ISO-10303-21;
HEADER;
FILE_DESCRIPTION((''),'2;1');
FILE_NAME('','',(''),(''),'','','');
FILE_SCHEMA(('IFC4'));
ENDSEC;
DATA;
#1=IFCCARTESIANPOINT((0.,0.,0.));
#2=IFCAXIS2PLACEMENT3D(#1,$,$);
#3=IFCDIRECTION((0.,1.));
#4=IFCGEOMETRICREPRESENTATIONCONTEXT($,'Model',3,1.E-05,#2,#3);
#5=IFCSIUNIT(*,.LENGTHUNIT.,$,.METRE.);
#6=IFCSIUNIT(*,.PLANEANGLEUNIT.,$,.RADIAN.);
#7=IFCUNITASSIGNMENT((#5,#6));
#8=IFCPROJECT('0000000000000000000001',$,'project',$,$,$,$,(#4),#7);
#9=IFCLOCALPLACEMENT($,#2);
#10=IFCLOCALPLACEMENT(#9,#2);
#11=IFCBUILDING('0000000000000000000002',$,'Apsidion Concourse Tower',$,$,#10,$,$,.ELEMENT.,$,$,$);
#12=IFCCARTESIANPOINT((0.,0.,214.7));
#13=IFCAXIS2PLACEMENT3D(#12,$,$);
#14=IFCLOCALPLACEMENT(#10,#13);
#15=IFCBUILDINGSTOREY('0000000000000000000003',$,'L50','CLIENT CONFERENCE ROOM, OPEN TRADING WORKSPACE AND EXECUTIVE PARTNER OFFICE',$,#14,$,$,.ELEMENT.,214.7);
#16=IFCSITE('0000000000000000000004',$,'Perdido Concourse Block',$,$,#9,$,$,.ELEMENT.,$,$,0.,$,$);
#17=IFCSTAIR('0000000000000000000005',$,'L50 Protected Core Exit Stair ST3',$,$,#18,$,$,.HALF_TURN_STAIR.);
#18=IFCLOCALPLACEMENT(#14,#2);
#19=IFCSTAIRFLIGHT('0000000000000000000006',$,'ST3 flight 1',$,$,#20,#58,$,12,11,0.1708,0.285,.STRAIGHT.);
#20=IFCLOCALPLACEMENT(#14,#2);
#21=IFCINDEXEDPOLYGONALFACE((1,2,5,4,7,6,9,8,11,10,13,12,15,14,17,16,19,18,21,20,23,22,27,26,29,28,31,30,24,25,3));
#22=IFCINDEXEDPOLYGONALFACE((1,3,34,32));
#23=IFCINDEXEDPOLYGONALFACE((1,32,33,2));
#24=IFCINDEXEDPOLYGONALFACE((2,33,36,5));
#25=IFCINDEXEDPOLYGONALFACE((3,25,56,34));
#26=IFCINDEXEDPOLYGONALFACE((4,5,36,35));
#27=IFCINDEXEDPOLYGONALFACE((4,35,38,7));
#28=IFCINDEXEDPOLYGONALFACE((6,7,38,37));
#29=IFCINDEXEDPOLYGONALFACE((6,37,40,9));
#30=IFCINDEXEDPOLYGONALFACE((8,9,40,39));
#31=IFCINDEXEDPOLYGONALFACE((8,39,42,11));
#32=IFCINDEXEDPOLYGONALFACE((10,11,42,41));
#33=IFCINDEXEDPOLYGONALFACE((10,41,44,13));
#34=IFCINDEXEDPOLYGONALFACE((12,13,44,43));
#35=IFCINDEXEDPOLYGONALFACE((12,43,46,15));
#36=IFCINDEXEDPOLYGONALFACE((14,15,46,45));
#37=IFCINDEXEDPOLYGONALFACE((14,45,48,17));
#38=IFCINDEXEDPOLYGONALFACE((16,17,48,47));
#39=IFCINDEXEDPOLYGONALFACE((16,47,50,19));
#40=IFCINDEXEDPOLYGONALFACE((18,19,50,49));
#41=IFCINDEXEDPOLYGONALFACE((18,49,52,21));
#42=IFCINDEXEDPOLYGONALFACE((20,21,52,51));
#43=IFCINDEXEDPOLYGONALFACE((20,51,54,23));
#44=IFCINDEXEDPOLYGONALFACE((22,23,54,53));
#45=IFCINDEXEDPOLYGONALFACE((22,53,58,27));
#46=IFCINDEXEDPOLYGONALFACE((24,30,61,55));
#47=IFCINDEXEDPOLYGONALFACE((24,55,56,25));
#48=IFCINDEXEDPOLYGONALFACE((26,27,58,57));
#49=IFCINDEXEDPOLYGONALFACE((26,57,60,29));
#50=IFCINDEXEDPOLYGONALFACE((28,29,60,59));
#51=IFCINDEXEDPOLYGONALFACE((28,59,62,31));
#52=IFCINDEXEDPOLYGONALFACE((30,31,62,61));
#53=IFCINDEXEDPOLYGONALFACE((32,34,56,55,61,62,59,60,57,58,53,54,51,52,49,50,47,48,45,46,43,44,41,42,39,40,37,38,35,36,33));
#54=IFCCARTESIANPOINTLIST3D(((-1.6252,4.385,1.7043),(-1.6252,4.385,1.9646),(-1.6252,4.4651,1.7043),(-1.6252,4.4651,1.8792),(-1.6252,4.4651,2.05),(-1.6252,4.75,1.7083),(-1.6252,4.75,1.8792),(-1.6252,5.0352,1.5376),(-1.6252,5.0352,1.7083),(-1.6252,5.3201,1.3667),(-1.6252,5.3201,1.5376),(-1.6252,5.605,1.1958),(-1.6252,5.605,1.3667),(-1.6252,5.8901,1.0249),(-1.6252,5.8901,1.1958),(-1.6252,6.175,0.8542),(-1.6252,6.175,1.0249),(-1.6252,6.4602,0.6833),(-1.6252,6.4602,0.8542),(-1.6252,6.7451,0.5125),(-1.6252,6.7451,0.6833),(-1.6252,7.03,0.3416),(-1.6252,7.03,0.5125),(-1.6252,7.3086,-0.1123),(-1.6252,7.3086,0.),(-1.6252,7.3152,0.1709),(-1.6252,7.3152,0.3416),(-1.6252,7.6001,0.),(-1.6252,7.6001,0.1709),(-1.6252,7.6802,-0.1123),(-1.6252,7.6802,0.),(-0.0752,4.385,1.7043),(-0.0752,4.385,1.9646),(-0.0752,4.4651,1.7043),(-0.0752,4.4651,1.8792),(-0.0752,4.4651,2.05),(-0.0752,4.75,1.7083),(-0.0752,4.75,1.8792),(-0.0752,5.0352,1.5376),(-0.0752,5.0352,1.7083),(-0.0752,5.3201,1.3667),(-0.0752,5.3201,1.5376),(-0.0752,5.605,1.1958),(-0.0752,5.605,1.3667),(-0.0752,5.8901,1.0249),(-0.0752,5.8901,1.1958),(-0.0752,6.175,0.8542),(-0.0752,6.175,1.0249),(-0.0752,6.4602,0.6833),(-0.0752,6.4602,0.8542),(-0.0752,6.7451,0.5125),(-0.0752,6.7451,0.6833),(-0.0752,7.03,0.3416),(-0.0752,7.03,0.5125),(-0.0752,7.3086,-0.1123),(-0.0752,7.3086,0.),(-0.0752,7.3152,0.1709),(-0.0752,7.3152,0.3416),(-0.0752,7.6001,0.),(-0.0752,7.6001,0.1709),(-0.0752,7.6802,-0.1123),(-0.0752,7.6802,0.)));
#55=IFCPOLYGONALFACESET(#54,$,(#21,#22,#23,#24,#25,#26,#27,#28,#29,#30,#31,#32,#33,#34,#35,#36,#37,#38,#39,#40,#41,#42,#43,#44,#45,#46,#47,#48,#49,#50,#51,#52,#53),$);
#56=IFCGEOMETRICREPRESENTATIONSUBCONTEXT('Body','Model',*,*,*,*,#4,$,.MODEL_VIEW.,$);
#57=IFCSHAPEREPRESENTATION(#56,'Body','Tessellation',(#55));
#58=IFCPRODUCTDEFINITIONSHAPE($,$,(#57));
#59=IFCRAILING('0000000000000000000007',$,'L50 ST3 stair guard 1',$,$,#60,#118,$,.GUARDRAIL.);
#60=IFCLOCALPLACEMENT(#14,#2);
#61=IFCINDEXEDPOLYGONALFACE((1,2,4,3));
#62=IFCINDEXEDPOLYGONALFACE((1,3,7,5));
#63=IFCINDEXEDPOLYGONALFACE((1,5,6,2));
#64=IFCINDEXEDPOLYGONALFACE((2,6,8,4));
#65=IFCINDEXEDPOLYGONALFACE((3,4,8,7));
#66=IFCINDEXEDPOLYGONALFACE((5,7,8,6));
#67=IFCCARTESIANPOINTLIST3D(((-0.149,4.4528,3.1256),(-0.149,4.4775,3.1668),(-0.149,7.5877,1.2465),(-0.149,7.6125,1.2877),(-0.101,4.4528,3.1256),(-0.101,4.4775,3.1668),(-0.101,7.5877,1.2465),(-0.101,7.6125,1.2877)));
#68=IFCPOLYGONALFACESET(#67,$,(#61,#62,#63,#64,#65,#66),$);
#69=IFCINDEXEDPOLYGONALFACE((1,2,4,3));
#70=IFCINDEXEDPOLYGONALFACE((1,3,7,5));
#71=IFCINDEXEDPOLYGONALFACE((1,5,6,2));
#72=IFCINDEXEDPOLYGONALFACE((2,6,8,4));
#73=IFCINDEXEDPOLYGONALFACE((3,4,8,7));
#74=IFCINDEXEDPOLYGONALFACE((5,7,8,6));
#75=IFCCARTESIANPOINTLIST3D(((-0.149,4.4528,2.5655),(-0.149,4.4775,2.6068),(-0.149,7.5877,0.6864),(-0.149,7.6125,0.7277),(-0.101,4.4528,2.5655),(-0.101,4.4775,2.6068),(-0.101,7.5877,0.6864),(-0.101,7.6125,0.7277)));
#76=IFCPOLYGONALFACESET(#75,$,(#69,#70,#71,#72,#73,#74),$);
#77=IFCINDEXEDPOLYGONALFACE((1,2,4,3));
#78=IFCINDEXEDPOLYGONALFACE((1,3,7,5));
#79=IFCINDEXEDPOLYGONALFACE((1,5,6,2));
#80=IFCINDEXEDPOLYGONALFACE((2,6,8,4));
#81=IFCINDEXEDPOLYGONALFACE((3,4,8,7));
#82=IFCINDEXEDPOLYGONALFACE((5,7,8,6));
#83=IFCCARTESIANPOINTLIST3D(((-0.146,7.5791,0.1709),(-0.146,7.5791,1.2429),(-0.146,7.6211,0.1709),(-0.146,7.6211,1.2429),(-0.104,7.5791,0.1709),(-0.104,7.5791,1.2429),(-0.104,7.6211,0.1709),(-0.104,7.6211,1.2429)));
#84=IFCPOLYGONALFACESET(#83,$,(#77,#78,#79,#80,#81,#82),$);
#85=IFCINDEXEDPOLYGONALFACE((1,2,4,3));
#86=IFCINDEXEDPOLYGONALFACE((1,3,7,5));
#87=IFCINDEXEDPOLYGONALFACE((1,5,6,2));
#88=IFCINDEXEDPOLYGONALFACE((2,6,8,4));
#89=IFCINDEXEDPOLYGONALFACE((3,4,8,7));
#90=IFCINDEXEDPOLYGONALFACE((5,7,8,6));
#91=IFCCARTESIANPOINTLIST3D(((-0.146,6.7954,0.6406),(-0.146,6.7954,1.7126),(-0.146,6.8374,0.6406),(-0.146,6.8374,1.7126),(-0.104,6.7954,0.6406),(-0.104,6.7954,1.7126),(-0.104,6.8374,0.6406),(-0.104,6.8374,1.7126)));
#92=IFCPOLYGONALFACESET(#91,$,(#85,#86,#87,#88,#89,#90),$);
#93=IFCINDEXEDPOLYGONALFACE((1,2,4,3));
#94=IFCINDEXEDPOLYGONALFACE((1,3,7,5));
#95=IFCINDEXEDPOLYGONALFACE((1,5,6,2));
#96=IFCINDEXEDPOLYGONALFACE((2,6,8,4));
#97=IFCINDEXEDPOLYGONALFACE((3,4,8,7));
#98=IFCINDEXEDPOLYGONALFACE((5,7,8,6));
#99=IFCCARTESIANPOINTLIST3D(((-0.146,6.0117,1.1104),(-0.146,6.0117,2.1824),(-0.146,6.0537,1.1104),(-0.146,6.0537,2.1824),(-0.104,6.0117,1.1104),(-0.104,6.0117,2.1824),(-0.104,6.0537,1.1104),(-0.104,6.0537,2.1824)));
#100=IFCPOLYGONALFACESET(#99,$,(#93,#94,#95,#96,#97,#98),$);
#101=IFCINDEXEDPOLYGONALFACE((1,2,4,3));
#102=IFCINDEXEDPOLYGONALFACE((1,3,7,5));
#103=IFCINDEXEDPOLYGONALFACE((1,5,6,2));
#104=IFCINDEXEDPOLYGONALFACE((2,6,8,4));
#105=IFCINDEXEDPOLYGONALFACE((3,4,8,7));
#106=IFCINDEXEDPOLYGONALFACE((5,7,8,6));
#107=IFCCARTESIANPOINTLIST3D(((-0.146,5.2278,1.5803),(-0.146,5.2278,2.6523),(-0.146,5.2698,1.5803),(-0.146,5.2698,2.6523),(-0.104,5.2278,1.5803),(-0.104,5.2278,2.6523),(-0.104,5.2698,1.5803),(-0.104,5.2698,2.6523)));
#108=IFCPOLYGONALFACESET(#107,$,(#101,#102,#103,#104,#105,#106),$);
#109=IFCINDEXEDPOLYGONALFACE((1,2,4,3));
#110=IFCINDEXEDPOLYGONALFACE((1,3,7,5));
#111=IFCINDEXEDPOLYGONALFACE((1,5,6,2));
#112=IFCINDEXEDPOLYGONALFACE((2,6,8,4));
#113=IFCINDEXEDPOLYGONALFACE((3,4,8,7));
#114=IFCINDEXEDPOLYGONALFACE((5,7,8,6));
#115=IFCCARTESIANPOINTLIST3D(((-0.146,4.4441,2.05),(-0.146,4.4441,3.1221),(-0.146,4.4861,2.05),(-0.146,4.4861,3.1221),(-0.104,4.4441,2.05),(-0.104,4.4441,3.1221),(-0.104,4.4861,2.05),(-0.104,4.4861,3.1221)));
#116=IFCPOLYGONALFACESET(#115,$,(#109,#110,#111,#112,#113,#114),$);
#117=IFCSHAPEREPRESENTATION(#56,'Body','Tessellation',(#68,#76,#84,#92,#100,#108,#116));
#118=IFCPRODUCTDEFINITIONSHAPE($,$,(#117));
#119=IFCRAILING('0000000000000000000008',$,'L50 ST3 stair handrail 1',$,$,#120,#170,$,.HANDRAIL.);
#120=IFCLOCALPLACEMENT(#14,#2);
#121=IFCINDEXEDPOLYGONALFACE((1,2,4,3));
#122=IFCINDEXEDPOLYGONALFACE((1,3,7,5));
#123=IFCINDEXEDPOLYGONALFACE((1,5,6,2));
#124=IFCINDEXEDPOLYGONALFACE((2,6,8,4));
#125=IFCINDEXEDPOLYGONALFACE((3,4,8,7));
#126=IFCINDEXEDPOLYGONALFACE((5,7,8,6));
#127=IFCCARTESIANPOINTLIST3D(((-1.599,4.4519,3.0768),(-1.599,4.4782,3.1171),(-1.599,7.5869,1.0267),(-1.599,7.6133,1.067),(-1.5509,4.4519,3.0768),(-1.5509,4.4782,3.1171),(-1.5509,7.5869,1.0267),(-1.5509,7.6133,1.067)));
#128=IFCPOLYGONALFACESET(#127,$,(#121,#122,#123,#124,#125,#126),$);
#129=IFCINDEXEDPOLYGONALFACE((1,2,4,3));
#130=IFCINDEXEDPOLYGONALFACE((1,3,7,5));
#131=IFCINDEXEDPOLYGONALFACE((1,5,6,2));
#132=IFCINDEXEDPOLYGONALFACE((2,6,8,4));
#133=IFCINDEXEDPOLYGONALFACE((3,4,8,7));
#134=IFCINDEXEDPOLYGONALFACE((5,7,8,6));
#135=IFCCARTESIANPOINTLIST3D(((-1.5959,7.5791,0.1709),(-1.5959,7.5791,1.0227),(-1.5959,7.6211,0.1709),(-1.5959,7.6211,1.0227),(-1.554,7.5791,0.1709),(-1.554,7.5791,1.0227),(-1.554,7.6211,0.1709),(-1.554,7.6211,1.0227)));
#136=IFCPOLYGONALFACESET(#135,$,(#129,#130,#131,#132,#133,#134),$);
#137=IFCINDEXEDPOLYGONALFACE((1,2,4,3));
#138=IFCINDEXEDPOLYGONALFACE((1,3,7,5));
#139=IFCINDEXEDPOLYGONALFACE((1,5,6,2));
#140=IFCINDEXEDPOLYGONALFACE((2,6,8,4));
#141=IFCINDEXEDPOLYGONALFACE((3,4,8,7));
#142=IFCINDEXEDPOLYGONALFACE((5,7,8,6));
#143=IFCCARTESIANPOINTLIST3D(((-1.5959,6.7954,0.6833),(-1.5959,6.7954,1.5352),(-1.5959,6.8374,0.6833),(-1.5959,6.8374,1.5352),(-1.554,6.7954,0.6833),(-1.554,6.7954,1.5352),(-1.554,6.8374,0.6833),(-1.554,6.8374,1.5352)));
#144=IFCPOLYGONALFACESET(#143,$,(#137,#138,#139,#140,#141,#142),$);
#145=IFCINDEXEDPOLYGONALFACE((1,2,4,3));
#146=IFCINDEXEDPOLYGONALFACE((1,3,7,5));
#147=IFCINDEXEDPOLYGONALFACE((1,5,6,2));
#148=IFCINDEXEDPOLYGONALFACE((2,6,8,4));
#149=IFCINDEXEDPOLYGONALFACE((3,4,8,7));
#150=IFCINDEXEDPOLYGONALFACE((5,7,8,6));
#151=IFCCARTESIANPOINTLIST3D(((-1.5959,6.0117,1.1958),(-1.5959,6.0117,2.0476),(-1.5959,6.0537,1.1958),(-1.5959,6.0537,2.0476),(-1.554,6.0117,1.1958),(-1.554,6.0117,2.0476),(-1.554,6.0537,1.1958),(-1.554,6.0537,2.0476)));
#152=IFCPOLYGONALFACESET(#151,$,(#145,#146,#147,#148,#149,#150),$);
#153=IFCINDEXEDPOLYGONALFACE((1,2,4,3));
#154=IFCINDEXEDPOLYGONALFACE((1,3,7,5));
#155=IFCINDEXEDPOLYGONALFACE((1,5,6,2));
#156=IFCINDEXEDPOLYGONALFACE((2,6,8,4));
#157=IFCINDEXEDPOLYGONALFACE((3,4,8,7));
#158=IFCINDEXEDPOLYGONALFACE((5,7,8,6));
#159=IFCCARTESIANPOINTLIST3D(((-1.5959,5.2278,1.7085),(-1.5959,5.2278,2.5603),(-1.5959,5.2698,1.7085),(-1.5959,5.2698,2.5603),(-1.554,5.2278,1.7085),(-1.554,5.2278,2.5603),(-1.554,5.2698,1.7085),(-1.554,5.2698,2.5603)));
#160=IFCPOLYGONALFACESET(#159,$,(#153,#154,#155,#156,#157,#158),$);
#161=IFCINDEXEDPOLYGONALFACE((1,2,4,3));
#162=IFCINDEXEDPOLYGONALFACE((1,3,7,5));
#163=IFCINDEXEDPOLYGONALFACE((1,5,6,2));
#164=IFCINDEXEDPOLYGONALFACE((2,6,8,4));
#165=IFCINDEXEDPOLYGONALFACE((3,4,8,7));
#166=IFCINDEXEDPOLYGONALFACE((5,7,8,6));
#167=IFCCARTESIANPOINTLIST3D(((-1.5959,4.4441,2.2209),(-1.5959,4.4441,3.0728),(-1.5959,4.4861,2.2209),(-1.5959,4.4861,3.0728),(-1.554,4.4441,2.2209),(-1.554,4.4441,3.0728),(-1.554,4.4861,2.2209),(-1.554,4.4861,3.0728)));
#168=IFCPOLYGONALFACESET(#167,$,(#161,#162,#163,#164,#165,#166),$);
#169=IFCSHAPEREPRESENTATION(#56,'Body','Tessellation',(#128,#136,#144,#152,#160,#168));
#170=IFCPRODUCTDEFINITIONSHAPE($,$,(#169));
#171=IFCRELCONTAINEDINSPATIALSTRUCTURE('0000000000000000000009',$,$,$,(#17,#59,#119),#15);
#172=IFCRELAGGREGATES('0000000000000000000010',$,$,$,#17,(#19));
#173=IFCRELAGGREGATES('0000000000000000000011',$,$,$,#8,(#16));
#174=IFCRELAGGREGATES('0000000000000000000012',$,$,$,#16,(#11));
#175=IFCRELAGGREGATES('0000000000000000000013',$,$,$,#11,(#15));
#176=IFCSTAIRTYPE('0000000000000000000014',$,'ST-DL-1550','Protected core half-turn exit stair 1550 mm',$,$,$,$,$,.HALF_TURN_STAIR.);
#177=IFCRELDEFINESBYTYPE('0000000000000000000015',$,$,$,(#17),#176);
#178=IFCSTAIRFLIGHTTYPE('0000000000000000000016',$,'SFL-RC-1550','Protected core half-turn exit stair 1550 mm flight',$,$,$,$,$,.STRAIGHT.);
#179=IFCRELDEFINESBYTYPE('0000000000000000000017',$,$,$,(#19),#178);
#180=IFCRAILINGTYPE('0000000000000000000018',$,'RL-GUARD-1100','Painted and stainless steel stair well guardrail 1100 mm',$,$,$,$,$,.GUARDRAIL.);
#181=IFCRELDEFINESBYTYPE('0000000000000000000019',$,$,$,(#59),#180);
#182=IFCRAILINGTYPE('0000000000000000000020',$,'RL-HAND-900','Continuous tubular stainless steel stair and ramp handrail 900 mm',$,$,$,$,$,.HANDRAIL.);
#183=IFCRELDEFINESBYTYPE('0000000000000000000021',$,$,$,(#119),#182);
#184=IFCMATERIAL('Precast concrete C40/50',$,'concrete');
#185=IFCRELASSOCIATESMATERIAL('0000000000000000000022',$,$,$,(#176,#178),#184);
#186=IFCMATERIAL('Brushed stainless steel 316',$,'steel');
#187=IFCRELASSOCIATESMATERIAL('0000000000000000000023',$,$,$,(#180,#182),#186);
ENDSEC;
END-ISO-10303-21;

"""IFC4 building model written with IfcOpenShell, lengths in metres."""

from ifc_helpers import new_model, si_unit, direction, frame, origin, origin_2d, place, context, subcontext, project, spatial, polyline, rectangle, outline, extrude, material, type_object, element, aggregate, save


model = new_model("IFC4")

# Units and contexts
model_context = context("Model", 3, precision=1e-05, world=origin(), true_north=direction((0.0, 1.0)))
body_context = subcontext(model_context, "Body", "Model", "MODEL_VIEW")
ifc_project = project(units=[si_unit("LENGTHUNIT", "METRE"), si_unit("PLANEANGLEUNIT", "RADIAN")], contexts=[model_context])

# Site, building, storey
site_placement = place(None, origin())
site = spatial("IfcSite", under=ifc_project, at=site_placement, Name="Perdido Concourse Block", CompositionType="ELEMENT", RefElevation=0.0)
building_placement = place(site_placement, origin())
building = spatial("IfcBuilding", under=site, at=building_placement, Name="Apsidion Concourse Tower", CompositionType="ELEMENT")
storey_placement = place(building_placement, frame((0.0, 0.0, 214.7)))
storey = spatial("IfcBuildingStorey", under=building, at=storey_placement, Name="L50", Description="CLIENT CONFERENCE ROOM, OPEN TRADING WORKSPACE AND EXECUTIVE PARTNER OFFICE", CompositionType="ELEMENT", Elevation=214.7)

# Shared definitions
ifc_material_1 = material(Name="Brushed stainless steel 316", Category="steel")

# Stair, stair flight
ifc_material_2 = material(Name="Precast concrete C40/50", Category="concrete")
stair_type = type_object("IfcStairType", Name="ST-DL-1550", Description="Protected core half-turn exit stair 1550 mm", PredefinedType="HALF_TURN_STAIR", material=ifc_material_2)
stair_placement = place(storey_placement, origin())
stair = element("IfcStair", 1, at=stair_placement, inside=storey, type_object=stair_type, Name="L50 Protected Core Exit Stair ST3", PredefinedType="HALF_TURN_STAIR")
stair_flight_type = type_object("IfcStairFlightType", Name="SFL-RC-1550", Description="Protected core half-turn exit stair 1550 mm flight", PredefinedType="STRAIGHT", material=ifc_material_2)
stair_flight_placement = place(storey_placement, frame((-0.8501, 7.6001, 0.0), z_axis=(0.0, 0.0, 1.0), x_axis=(0.0, -1.0, 0.0)))
stair_flight = element("IfcStairFlight", 2, at=stair_flight_placement, type_object=stair_flight_type, Name="ST3 flight 1", NumberOfRisers=12, NumberOfTreads=11, PredefinedType="STRAIGHT", RiserHeight=0.1708, TreadLength=0.285, context=body_context, shape_type="SweptSolid", body=[
    extrude(outline(polyline([(-0.0801, -0.1123), (-0.0801, 0.0), (0.0, 0.0), (0.0, 0.1709), (0.2849, 0.1709), (0.2849, 0.3416), (0.5701, 0.3416), (0.5701, 0.5125), (0.855, 0.5125), (0.855, 0.6833), (1.1399, 0.6833), (1.1399, 0.8542), (1.425, 0.8542), (1.425, 1.0249), (1.71, 1.0249), (1.71, 1.1958), (1.9951, 1.1958), (1.9951, 1.3667), (2.28, 1.3667), (2.28, 1.5376), (2.5649, 1.5376), (2.5649, 1.7083), (2.8501, 1.7083), (2.8501, 1.8792), (3.135, 1.8792), (3.135, 2.05), (3.2151, 1.9646), (3.2151, 1.7043), (3.135, 1.7043), (0.2915, 0.0), (0.2915, -0.1123), (-0.0801, -0.1123)])), frame((0.0, 0.7749, 0.0), z_axis=(0.0, -1.0, 0.0), x_axis=(1.0, 0.0, 0.0)), (0.0, 0.0, 1.0), 1.55),
])
aggregate(stair, [stair_flight])

# Railings
railing_type_1 = type_object("IfcRailingType", Name="RL-GUARD-1100", Description="Painted and stainless steel stair well guardrail 1100 mm", PredefinedType="GUARDRAIL", material=ifc_material_1)
railing_1_placement = place(storey_placement, frame((-0.125, 7.6001, 0.1709)))
element("IfcRailing", 3, at=railing_1_placement, inside=storey, type_object=railing_type_1, Name="L50 ST3 stair guard 1", PredefinedType="GUARDRAIL", context=body_context, shape_type="SweptSolid", body=[
    extrude(rectangle(XDim=0.0481, YDim=0.0481, at=origin_2d()), frame((0.0, 0.0, 1.0962), z_axis=(0.0, -0.857717, 0.514122), x_axis=(1.0, 0.0, 0.0)), (0.0, 0.0, 1.0), 3.655),
    extrude(rectangle(XDim=0.0481, YDim=0.0481, at=origin_2d()), frame((0.0, 0.0, 0.5361), z_axis=(0.0, -0.857717, 0.514122), x_axis=(1.0, 0.0, 0.0)), (0.0, 0.0, 1.0), 3.655),
    extrude(rectangle(XDim=0.042, YDim=0.042, at=origin_2d()), origin(), (0.0, 0.0, 1.0), 1.072),
    extrude(rectangle(XDim=0.042, YDim=0.042, at=origin_2d()), frame((0.0, -0.7837, 0.4697)), (0.0, 0.0, 1.0), 1.072),
    extrude(rectangle(XDim=0.042, YDim=0.042, at=origin_2d()), frame((0.0, -1.5674, 0.9395)), (0.0, 0.0, 1.0), 1.072),
    extrude(rectangle(XDim=0.042, YDim=0.042, at=origin_2d()), frame((0.0, -2.3513, 1.4094)), (0.0, 0.0, 1.0), 1.072),
    extrude(rectangle(XDim=0.042, YDim=0.042, at=origin_2d()), frame((0.0, -3.135, 1.8792)), (0.0, 0.0, 1.0), 1.072),
])
railing_type_2 = type_object("IfcRailingType", Name="RL-HAND-900", Description="Continuous tubular stainless steel stair and ramp handrail 900 mm", PredefinedType="HANDRAIL", material=ifc_material_1)
railing_2_placement = place(storey_placement, frame((-1.575, 7.6001, 0.1709)))
element("IfcRailing", 4, at=railing_2_placement, inside=storey, type_object=railing_type_2, Name="L50 ST3 stair handrail 1", PredefinedType="HANDRAIL", context=body_context, shape_type="SweptSolid", body=[
    extrude(rectangle(XDim=0.0481, YDim=0.0481, at=origin_2d()), frame((0.0, 0.0, 0.876), z_axis=(0.0, -0.836941, 0.547293), x_axis=(1.0, 0.0, 0.0)), (0.0, 0.0, 1.0), 3.7458),
    extrude(rectangle(XDim=0.042, YDim=0.042, at=origin_2d()), origin(), (0.0, 0.0, 1.0), 0.8518),
    extrude(rectangle(XDim=0.042, YDim=0.042, at=origin_2d()), frame((0.0, -0.7837, 0.5125)), (0.0, 0.0, 1.0), 0.8518),
    extrude(rectangle(XDim=0.042, YDim=0.042, at=origin_2d()), frame((0.0, -1.5674, 1.0249)), (0.0, 0.0, 1.0), 0.8518),
    extrude(rectangle(XDim=0.042, YDim=0.042, at=origin_2d()), frame((0.0, -2.3513, 1.5376)), (0.0, 0.0, 1.0), 0.8518),
    extrude(rectangle(XDim=0.042, YDim=0.042, at=origin_2d()), frame((0.0, -3.135, 2.05)), (0.0, 0.0, 1.0), 0.8518),
])

save(model, "model.ifc")
